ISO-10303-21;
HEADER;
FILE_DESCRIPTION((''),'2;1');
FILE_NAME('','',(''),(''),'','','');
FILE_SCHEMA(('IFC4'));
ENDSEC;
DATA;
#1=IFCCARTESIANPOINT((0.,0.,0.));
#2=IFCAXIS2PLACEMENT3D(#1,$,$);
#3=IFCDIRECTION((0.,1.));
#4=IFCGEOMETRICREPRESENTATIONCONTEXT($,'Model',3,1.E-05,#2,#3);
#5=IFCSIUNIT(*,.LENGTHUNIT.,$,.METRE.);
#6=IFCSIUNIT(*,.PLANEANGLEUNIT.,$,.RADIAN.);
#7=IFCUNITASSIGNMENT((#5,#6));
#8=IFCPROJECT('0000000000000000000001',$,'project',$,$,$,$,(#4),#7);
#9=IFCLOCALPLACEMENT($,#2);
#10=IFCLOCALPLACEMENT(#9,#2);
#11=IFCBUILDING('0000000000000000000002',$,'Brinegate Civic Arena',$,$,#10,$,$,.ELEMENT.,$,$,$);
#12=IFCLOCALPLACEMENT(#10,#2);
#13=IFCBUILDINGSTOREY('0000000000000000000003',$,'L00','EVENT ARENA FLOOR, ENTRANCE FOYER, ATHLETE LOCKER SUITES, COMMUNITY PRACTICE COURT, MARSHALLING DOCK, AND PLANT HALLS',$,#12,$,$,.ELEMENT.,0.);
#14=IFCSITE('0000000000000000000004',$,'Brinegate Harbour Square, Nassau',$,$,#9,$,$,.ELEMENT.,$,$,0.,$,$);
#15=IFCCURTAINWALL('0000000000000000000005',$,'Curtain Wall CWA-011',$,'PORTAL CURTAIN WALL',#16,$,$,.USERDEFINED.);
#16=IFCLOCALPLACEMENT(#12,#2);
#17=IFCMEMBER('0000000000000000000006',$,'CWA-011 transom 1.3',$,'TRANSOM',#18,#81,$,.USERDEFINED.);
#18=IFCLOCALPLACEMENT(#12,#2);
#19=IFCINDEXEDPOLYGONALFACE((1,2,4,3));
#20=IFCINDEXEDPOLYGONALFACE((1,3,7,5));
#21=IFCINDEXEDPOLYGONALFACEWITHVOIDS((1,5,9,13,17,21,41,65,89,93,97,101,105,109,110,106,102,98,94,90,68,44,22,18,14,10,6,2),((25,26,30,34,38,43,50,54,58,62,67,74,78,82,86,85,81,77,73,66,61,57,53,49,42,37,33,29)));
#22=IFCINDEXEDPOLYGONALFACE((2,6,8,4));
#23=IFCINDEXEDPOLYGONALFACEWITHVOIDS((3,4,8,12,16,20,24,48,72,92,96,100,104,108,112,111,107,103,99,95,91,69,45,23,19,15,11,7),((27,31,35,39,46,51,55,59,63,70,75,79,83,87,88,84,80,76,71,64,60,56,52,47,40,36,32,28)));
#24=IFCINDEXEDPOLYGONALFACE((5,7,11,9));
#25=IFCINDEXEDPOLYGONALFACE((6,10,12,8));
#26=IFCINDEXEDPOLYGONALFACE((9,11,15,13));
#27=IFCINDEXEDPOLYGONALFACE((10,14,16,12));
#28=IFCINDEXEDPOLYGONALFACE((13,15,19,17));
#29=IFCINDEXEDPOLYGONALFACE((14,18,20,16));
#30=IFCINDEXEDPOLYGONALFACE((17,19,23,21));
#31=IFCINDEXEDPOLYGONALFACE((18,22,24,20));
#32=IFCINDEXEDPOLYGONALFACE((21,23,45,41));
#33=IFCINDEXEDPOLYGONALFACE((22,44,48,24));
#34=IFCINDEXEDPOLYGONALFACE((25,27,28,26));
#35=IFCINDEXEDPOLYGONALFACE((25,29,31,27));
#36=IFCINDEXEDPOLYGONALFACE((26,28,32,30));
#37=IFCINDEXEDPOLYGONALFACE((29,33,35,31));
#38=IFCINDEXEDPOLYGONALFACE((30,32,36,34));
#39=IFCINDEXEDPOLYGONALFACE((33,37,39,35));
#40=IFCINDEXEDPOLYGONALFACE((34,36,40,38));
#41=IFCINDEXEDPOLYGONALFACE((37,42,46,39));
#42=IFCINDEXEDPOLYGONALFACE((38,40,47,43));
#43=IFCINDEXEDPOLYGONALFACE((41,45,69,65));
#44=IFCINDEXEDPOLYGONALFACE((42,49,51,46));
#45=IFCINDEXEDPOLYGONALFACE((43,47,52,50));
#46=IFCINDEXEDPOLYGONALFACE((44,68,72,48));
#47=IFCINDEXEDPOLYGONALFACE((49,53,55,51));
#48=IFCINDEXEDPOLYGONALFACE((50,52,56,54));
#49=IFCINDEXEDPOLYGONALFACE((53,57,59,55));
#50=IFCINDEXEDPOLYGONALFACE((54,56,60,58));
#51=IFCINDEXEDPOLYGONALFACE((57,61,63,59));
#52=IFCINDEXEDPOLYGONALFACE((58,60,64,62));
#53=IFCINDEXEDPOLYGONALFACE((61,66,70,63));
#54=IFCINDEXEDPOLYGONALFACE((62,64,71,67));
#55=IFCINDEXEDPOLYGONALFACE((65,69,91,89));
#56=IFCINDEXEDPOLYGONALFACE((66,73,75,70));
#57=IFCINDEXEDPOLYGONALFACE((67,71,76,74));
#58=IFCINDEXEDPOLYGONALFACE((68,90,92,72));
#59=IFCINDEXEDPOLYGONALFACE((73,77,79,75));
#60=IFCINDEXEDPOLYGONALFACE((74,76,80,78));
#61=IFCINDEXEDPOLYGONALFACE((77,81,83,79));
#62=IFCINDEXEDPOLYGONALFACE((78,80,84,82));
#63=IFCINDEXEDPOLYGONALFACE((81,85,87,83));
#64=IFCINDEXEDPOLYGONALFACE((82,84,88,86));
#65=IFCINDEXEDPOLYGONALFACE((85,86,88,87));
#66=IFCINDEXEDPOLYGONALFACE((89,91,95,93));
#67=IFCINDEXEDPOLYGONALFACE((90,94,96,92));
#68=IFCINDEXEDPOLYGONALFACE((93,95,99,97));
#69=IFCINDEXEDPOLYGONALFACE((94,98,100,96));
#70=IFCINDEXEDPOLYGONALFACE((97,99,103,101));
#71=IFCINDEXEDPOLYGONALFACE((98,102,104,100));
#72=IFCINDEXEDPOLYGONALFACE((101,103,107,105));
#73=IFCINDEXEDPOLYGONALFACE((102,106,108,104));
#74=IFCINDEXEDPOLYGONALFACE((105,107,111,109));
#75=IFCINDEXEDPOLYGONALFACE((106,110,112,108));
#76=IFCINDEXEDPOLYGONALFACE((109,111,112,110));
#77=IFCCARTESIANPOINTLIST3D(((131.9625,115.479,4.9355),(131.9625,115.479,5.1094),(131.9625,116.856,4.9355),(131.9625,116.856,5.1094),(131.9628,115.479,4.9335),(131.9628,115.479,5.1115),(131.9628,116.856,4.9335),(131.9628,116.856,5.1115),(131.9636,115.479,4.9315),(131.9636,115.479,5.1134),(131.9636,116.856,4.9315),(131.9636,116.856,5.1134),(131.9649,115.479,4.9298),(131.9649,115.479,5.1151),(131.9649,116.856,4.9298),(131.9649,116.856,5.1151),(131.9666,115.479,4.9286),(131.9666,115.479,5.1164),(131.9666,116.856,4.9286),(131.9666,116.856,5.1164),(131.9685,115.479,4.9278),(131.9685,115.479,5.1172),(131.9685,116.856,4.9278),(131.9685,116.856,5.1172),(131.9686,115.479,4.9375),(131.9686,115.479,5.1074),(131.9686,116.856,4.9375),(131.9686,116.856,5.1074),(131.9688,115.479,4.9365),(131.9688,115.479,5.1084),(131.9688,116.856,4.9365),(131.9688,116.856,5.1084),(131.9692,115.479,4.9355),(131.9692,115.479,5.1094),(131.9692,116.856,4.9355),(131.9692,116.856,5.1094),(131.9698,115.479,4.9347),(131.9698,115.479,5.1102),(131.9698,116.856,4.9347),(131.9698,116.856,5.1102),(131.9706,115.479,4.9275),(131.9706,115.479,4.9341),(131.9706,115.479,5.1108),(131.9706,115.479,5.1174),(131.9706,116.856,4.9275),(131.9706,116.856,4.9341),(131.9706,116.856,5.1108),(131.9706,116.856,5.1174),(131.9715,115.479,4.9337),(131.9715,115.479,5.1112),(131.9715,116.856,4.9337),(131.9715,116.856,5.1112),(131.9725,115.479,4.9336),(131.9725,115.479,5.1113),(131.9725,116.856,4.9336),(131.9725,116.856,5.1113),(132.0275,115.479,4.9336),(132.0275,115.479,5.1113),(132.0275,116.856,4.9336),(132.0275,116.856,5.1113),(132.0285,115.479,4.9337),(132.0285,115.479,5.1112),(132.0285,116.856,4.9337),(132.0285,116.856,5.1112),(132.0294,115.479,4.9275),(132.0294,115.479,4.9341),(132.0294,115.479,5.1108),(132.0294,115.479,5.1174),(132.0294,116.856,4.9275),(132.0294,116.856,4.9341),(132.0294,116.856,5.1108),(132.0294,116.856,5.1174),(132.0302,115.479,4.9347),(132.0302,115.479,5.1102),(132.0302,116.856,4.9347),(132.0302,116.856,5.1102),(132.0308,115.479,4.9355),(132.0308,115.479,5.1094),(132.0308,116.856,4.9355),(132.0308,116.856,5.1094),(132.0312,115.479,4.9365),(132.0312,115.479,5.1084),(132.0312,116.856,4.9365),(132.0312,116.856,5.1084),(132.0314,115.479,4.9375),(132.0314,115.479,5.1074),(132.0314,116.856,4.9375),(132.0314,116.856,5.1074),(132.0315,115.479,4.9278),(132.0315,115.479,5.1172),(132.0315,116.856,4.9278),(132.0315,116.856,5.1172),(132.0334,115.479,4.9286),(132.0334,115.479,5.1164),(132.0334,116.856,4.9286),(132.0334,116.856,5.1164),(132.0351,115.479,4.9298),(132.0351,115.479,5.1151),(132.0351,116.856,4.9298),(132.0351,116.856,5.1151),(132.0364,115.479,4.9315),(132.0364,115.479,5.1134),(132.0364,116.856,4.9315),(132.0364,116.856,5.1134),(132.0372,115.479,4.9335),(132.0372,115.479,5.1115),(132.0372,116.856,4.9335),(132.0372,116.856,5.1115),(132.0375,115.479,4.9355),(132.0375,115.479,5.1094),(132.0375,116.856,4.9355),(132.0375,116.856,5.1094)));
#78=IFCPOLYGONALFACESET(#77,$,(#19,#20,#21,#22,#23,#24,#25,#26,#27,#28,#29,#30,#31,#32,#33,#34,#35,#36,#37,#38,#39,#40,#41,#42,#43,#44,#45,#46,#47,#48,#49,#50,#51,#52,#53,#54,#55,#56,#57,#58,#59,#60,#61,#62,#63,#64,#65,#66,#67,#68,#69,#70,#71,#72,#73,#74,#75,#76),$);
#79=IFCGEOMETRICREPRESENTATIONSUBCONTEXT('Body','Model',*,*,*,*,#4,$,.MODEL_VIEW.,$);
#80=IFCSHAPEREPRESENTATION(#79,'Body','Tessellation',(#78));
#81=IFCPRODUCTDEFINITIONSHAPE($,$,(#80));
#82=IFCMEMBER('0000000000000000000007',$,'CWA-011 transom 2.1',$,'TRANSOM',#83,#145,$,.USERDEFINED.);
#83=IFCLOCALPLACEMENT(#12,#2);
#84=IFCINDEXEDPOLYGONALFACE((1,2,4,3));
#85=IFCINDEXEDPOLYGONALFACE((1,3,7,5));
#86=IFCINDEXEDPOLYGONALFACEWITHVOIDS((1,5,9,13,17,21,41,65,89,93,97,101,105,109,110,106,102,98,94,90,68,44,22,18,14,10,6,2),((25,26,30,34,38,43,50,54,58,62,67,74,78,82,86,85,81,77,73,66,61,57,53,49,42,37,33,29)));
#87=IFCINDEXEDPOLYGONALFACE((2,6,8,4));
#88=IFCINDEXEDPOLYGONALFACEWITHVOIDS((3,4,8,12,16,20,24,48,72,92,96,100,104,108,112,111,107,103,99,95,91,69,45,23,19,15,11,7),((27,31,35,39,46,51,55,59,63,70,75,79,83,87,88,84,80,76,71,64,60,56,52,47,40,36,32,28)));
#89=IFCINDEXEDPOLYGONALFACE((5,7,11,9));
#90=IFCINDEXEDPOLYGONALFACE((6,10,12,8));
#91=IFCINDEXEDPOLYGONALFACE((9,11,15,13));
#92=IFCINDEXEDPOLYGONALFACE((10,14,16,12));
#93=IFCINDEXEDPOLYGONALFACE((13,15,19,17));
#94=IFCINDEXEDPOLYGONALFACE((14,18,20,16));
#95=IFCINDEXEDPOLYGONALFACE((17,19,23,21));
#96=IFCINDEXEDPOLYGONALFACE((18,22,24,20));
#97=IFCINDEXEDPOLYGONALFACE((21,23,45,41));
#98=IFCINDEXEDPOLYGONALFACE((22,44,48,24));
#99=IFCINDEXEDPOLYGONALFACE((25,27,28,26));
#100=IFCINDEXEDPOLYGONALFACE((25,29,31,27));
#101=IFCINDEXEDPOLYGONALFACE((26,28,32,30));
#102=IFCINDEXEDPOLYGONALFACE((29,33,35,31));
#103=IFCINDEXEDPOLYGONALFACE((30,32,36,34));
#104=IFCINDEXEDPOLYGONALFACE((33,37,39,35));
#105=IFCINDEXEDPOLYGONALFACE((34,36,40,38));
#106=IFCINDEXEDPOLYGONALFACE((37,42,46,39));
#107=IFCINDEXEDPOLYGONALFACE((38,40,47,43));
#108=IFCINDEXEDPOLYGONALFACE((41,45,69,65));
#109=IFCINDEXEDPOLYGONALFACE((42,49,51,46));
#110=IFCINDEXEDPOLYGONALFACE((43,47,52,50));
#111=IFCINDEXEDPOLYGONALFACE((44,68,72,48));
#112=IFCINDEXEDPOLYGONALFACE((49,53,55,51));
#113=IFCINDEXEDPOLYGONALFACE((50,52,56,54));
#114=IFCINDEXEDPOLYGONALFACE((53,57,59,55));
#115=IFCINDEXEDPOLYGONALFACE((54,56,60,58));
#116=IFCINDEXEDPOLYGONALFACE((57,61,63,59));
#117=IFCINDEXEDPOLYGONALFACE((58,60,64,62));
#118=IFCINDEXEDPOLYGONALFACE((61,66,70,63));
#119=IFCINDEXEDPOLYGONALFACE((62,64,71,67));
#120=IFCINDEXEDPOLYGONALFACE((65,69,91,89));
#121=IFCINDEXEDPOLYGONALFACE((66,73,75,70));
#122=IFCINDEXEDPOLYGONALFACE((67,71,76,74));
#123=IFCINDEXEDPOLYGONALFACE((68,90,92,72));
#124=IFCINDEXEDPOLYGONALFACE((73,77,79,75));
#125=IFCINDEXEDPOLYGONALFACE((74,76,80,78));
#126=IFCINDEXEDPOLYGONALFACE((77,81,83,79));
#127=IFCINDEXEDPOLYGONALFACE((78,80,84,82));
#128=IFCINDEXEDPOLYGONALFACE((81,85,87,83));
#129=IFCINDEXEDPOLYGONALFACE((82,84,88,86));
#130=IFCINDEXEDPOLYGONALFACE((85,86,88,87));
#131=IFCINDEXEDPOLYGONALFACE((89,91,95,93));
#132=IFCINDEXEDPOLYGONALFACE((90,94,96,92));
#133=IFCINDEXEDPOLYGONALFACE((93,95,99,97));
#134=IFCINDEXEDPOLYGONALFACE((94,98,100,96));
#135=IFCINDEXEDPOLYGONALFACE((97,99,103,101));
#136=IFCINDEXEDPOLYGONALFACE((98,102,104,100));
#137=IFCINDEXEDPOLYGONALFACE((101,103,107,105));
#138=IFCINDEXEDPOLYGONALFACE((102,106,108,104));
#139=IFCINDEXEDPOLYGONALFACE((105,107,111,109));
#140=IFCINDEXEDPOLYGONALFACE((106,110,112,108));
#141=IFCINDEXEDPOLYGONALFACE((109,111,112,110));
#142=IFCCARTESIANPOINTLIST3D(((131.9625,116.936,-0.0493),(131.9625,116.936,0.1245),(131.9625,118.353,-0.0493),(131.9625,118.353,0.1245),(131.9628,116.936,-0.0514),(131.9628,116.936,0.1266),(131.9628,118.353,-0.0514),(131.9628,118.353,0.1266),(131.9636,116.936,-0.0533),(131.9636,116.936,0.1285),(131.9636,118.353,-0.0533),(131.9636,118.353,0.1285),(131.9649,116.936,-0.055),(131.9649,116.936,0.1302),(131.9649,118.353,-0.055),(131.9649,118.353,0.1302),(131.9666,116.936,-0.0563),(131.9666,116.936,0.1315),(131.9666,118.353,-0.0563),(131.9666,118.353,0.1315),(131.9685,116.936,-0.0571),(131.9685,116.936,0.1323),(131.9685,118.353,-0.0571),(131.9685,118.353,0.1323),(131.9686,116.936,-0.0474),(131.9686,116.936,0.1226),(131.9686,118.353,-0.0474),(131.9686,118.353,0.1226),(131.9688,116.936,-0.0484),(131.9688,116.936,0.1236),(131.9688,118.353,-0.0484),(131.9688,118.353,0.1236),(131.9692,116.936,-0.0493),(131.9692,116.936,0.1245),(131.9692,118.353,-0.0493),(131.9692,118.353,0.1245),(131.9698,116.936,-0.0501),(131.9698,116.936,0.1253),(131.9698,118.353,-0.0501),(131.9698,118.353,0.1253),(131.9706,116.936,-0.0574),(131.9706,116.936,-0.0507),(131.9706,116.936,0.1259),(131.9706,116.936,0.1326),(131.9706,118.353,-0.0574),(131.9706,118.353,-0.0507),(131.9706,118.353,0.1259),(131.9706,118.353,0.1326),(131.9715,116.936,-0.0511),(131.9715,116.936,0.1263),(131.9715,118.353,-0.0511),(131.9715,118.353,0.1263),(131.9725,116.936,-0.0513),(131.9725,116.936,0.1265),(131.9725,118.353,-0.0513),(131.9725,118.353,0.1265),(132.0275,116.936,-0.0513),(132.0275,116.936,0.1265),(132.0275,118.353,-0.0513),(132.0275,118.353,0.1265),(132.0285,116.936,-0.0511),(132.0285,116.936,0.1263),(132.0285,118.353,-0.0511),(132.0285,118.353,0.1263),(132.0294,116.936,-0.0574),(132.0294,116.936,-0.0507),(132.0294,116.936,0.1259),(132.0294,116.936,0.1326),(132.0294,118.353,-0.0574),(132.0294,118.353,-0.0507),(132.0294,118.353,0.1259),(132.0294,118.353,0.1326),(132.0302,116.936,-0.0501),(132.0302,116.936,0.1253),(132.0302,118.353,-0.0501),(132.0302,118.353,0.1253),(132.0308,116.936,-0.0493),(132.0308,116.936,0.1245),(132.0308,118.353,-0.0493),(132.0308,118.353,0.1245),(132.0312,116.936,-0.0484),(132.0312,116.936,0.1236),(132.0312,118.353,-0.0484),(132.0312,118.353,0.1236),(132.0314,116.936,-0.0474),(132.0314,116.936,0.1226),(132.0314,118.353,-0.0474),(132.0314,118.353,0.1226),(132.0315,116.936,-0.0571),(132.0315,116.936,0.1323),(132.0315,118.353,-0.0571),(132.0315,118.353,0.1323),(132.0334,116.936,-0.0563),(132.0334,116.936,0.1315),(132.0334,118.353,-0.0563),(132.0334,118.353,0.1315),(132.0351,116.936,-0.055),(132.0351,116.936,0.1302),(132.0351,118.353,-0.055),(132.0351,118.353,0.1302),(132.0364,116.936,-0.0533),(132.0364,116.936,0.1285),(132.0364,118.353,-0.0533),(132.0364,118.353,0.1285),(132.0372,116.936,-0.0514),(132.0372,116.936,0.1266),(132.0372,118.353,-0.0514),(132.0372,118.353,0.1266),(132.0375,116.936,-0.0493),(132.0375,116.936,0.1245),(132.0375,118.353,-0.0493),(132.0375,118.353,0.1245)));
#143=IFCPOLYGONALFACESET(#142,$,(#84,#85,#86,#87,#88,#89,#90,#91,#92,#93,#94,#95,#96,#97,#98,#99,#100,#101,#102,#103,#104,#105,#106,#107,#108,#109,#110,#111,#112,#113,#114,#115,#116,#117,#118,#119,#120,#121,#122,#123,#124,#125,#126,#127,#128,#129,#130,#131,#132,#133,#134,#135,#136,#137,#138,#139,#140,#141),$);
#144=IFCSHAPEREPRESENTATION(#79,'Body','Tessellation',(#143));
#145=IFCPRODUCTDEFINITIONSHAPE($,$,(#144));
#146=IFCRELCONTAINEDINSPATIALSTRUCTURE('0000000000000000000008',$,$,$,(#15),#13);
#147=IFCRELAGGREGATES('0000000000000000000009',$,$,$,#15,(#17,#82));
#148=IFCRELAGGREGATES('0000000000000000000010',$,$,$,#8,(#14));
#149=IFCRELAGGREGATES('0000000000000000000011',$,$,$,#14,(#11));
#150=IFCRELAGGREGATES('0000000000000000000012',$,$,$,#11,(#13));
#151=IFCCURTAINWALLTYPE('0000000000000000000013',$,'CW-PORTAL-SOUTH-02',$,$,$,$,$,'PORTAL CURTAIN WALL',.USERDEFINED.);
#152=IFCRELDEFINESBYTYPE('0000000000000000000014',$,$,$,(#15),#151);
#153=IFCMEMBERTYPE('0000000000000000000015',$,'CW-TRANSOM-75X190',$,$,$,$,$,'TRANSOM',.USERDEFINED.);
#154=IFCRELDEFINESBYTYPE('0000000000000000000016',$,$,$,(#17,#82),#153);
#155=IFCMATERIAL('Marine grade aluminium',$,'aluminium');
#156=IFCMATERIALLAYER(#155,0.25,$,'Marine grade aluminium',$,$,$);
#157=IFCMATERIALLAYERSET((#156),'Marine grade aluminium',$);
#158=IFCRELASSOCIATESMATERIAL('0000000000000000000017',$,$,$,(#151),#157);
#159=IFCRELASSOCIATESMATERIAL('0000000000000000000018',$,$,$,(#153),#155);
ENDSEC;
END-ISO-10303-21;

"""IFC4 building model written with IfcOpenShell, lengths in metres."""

from ifc_helpers import new_model, si_unit, direction, frame, origin, origin_2d, place, context, subcontext, project, spatial, hollow_rectangle, extrude, material, layer, layer_set, material_profile, profile_set, type_object, element, aggregate, save


model = new_model("IFC4")

# Units and contexts
model_context = context("Model", 3, precision=1e-05, world=origin(), true_north=direction((0.0, 1.0)))
body_context = subcontext(model_context, "Body", "Model", "MODEL_VIEW")
ifc_project = project(units=[si_unit("LENGTHUNIT", "METRE"), si_unit("PLANEANGLEUNIT", "RADIAN")], contexts=[model_context])

# Site, building, storey
site_placement = place(None, origin())
site = spatial("IfcSite", under=ifc_project, at=site_placement, Name="Brinegate Harbour Square, Nassau", CompositionType="ELEMENT", RefElevation=0.0)
building_placement = place(site_placement, origin())
building = spatial("IfcBuilding", under=site, at=building_placement, Name="Brinegate Civic Arena", CompositionType="ELEMENT")
storey_placement = place(building_placement, origin())
storey = spatial("IfcBuildingStorey", under=building, at=storey_placement, Name="L00", Description="EVENT ARENA FLOOR, ENTRANCE FOYER, ATHLETE LOCKER SUITES, COMMUNITY PRACTICE COURT, MARSHALLING DOCK, AND PLANT HALLS", CompositionType="ELEMENT", Elevation=0.0)

# Curtain wall, members
ifc_material_1 = material(Name="Marine grade aluminium", Category="aluminium")
ifc_layer_1 = layer(ifc_material_1, 0.25, Name="Marine grade aluminium")
ifc_layer_set_1 = layer_set([ifc_layer_1], Name="Marine grade aluminium")
curtain_wall_type = type_object("IfcCurtainWallType", Name="CW-PORTAL-SOUTH-02", ElementType="PORTAL CURTAIN WALL", PredefinedType="USERDEFINED", material=ifc_layer_set_1)
curtain_wall_placement = place(storey_placement, origin())
curtain_wall = element("IfcCurtainWall", 1, at=curtain_wall_placement, inside=storey, type_object=curtain_wall_type, Name="Curtain Wall CWA-011", ObjectType="PORTAL CURTAIN WALL", PredefinedType="USERDEFINED")
ifc_material_profile_1 = material_profile(ifc_material_1, hollow_rectangle(XDim=0.075, YDim=0.1899, WallThickness=0.0061, InnerFilletRadius=0.0039, OuterFilletRadius=0.0081, at=origin_2d()), Name="TRN75X190")
ifc_profile_set_1 = profile_set([ifc_material_profile_1], Name="Marine grade aluminium")
member_type_1 = type_object("IfcMemberType", Name="CW-TRANSOM-75X190", ElementType="TRANSOM", PredefinedType="USERDEFINED", material=ifc_profile_set_1)
member_1_placement = place(storey_placement, frame((132.0, 115.479, 5.0225), z_axis=(0.0, 1.0, 0.0), x_axis=(-1.0, 0.0, 0.0)))
member_1 = element("IfcMember", 2, at=member_1_placement, type_object=member_type_1, Name="CWA-011 transom 1.3", ObjectType="TRANSOM", PredefinedType="USERDEFINED", context=body_context, shape_type="SweptSolid", body=[
    extrude(hollow_rectangle(XDim=0.075, YDim=0.1899, WallThickness=0.0061, InnerFilletRadius=0.0039, OuterFilletRadius=0.0081, at=origin_2d()), origin(), (0.0, 0.0, 1.0), 1.377),
])
member_2_placement = place(storey_placement, frame((132.0, 116.936, 0.0376), z_axis=(0.0, 1.0, 0.0), x_axis=(-1.0, 0.0, 0.0)))
member_2 = element("IfcMember", 3, at=member_2_placement, type_object=member_type_1, Name="CWA-011 transom 2.1", ObjectType="TRANSOM", PredefinedType="USERDEFINED", context=body_context, shape_type="SweptSolid", body=[
    extrude(hollow_rectangle(XDim=0.075, YDim=0.1899, WallThickness=0.0061, InnerFilletRadius=0.0039, OuterFilletRadius=0.0081, at=origin_2d()), origin(), (0.0, 0.0, 1.0), 1.417),
])
aggregate(curtain_wall, [member_1, member_2])

save(model, "model.ifc")
